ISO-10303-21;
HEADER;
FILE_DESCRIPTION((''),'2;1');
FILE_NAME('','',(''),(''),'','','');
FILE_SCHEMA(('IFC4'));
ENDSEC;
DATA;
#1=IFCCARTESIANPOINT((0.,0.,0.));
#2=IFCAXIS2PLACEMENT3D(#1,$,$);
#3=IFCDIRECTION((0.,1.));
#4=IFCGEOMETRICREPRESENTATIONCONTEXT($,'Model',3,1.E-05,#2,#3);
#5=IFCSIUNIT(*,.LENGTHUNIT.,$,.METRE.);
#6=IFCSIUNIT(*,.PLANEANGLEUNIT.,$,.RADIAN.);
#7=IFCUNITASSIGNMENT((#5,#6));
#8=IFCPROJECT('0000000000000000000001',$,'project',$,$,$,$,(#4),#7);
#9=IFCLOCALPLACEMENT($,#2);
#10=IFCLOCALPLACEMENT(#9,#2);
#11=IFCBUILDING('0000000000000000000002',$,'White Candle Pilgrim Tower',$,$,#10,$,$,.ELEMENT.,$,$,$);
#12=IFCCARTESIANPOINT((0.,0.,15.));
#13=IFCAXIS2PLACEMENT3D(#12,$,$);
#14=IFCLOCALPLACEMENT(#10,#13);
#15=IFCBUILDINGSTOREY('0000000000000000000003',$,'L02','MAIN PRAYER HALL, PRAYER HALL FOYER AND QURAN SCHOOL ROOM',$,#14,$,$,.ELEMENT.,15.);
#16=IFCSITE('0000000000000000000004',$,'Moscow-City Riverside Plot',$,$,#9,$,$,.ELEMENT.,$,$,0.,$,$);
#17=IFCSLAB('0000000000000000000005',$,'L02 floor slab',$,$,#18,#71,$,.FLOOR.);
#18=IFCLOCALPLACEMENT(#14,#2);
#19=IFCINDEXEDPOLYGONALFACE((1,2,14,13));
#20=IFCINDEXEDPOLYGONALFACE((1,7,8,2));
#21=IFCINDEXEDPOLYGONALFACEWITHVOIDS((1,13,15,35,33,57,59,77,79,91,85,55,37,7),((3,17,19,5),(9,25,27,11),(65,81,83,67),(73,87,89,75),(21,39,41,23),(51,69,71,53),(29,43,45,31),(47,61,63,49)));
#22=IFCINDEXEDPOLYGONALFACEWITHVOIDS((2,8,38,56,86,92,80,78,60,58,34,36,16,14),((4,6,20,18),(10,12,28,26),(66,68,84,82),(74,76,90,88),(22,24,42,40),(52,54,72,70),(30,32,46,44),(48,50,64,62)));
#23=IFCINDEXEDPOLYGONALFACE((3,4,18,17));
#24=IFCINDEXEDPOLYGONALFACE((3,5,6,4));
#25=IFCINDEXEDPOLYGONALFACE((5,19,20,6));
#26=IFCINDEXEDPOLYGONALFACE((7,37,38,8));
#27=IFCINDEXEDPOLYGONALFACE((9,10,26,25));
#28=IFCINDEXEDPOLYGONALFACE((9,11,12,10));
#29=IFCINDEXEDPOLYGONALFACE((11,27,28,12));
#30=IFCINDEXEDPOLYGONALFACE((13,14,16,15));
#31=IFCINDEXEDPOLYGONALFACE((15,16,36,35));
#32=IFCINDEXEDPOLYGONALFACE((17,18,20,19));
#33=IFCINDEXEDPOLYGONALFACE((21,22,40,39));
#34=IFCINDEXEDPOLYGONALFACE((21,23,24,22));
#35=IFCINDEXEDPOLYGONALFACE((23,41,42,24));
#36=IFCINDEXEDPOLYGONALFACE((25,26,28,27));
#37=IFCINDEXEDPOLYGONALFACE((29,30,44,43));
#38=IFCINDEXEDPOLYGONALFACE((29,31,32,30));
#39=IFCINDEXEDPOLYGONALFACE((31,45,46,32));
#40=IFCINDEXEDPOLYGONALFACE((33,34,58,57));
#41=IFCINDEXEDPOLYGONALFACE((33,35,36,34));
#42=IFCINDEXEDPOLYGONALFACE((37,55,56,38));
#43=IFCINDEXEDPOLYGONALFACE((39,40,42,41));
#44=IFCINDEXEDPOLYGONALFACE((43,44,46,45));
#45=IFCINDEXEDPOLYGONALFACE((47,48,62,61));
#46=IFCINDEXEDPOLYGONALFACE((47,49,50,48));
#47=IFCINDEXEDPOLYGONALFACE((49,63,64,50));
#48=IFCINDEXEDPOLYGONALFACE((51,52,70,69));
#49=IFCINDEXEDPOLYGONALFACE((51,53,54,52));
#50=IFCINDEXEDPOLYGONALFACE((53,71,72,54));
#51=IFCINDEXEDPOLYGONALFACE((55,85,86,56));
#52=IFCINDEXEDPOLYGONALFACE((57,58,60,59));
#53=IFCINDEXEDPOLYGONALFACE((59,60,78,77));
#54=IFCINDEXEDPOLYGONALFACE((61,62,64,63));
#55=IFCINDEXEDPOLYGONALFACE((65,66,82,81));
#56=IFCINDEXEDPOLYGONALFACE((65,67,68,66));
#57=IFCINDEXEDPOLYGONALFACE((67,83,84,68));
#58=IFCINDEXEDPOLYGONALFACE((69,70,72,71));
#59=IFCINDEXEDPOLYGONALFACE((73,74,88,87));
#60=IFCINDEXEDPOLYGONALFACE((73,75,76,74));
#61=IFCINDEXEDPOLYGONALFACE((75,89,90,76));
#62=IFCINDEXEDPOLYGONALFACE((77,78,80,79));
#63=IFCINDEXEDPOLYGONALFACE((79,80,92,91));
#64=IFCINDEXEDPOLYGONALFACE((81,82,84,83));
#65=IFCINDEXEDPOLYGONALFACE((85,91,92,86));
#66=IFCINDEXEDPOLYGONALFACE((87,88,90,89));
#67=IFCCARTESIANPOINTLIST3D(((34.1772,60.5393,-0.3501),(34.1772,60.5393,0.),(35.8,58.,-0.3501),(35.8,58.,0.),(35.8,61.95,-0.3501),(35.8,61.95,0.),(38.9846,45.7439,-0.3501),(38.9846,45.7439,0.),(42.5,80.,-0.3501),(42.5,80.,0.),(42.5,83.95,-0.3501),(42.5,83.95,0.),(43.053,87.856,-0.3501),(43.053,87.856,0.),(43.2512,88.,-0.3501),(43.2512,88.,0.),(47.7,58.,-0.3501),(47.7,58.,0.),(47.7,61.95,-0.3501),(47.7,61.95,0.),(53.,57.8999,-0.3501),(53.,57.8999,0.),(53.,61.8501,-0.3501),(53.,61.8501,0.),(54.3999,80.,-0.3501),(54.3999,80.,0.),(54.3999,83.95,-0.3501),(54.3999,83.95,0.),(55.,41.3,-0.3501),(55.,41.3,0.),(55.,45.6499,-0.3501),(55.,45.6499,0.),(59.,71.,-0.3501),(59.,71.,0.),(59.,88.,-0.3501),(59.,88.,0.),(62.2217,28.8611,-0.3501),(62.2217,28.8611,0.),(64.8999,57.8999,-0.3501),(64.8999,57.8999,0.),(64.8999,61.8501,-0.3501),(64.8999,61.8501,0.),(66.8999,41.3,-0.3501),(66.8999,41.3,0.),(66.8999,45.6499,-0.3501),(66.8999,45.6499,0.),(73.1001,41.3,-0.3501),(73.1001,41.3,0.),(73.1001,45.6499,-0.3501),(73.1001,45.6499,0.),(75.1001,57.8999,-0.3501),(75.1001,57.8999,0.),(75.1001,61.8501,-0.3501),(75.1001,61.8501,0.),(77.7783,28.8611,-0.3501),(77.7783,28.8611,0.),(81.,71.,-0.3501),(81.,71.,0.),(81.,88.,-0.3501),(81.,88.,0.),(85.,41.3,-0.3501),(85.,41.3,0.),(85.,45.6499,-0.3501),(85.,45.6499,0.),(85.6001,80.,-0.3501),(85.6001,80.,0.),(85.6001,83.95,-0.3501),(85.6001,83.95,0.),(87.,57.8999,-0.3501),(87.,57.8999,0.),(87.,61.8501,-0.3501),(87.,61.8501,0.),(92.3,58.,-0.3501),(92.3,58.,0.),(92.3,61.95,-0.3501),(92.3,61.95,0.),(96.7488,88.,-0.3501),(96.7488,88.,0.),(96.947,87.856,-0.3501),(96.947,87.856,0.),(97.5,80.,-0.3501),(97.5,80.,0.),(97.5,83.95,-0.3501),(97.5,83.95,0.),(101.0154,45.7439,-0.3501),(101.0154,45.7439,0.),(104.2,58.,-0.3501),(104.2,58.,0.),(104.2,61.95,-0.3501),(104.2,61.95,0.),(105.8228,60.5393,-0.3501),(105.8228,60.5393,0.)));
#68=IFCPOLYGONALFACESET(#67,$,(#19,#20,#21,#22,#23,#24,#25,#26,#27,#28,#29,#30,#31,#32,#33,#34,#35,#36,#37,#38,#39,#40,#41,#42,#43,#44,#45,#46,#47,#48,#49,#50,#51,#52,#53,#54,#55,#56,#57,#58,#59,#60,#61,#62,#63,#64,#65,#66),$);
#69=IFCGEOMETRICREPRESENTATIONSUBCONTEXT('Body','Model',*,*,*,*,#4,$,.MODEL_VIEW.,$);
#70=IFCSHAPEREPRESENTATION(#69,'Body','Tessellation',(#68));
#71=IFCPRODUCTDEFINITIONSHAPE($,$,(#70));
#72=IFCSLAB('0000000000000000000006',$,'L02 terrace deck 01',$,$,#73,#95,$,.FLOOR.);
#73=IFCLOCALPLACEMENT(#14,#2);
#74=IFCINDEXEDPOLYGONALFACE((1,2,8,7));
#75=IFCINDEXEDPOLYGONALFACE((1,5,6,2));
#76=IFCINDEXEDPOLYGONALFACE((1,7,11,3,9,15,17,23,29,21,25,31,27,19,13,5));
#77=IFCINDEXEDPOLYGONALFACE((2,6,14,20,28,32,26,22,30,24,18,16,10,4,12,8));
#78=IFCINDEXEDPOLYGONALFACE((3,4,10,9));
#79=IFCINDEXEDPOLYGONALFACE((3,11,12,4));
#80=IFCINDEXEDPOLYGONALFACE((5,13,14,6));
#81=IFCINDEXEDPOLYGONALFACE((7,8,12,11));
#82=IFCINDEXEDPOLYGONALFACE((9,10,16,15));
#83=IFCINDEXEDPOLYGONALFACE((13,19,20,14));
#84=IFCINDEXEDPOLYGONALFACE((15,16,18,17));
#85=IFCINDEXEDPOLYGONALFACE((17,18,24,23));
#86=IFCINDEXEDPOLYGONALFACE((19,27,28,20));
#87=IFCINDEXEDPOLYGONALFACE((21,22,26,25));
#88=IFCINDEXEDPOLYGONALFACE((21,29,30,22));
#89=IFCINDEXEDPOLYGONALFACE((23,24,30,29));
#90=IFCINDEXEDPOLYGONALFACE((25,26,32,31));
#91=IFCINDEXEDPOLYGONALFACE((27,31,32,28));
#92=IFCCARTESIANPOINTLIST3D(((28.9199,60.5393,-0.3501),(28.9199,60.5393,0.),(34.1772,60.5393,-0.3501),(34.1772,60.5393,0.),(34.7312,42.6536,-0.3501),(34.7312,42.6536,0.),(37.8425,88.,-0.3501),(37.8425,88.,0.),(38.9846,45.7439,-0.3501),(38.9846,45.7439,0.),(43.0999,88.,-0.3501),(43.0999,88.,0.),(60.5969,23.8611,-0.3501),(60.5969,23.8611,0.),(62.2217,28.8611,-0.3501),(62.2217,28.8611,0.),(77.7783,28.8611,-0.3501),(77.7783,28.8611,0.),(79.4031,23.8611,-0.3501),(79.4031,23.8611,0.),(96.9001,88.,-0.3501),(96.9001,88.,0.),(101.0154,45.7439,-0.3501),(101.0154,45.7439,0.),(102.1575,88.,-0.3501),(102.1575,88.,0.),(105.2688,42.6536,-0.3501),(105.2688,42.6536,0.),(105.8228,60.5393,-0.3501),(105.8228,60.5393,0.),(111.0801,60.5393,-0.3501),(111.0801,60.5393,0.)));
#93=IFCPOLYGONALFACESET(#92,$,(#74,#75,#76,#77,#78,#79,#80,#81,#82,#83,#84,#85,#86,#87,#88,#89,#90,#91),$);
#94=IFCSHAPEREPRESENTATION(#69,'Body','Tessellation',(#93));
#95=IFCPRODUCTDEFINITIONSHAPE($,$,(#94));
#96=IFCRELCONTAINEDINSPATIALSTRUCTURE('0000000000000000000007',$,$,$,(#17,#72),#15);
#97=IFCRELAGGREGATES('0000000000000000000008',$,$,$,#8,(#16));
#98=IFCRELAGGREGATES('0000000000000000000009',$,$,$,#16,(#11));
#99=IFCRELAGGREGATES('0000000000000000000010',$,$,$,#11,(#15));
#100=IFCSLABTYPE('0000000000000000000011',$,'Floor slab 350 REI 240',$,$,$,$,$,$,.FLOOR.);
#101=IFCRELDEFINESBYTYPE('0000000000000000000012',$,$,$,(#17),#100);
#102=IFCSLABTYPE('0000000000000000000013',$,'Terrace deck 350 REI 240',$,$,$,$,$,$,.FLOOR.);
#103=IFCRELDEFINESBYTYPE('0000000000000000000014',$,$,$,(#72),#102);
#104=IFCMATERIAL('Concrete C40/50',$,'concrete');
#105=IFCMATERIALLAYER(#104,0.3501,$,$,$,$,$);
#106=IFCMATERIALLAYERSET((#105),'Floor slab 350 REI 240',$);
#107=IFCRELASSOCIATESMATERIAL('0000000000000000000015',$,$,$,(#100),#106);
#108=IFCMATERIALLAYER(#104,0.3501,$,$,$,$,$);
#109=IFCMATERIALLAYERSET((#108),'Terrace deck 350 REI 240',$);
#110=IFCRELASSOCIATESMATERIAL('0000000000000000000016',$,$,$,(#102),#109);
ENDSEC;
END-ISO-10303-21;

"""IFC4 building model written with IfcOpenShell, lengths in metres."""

from ifc_helpers import new_model, si_unit, direction, frame, origin, place, context, subcontext, project, spatial, polyline, outline, extrude, material, layer, layer_set, type_object, element, save


model = new_model("IFC4")

# Units and contexts
model_context = context("Model", 3, precision=1e-05, world=origin(), true_north=direction((0.0, 1.0)))
body_context = subcontext(model_context, "Body", "Model", "MODEL_VIEW")
ifc_project = project(units=[si_unit("LENGTHUNIT", "METRE"), si_unit("PLANEANGLEUNIT", "RADIAN")], contexts=[model_context])

# Site, building, storey
site_placement = place(None, origin())
site = spatial("IfcSite", under=ifc_project, at=site_placement, Name="Moscow-City Riverside Plot", CompositionType="ELEMENT", RefElevation=0.0)
building_placement = place(site_placement, origin())
building = spatial("IfcBuilding", under=site, at=building_placement, Name="White Candle Pilgrim Tower", CompositionType="ELEMENT")
storey_placement = place(building_placement, frame((0.0, 0.0, 15.0)))
storey = spatial("IfcBuildingStorey", under=building, at=storey_placement, Name="L02", Description="MAIN PRAYER HALL, PRAYER HALL FOYER AND QURAN SCHOOL ROOM", CompositionType="ELEMENT", Elevation=15.0)

# Slabs
ifc_material = material(Name="Concrete C40/50", Category="concrete")
ifc_layer_1 = layer(ifc_material, 0.3501)
ifc_layer_set_1 = layer_set([ifc_layer_1], Name="Floor slab 350 REI 240")
slab_type_1 = type_object("IfcSlabType", Name="Floor slab 350 REI 240", PredefinedType="FLOOR", material=ifc_layer_set_1)
slab_1_placement = place(storey_placement, frame((0.0, 0.0, -0.3501)))
element("IfcSlab", 1, at=slab_1_placement, inside=storey, type_object=slab_type_1, Name="L02 floor slab", PredefinedType="FLOOR", context=body_context, shape_type="SweptSolid", body=[
    extrude(outline(polyline([(62.2217, 28.8611), (77.7783, 28.8611), (101.0154, 45.7439), (105.8228, 60.5393), (96.947, 87.856), (96.7488, 88.0), (81.0, 88.0), (81.0, 71.0), (59.0, 71.0), (59.0, 88.0), (43.2512, 88.0), (43.053, 87.856), (34.1772, 60.5393), (38.9846, 45.7439), (62.2217, 28.8611)]), holes=[polyline([(55.0, 41.3), (55.0, 45.6499), (66.8999, 45.6499), (66.8999, 41.3), (55.0, 41.3)]), polyline([(73.1001, 41.3), (73.1001, 45.6499), (85.0, 45.6499), (85.0, 41.3), (73.1001, 41.3)]), polyline([(53.0, 57.8999), (53.0, 61.8501), (64.8999, 61.8501), (64.8999, 57.8999), (53.0, 57.8999)]), polyline([(75.1001, 57.8999), (75.1001, 61.8501), (87.0, 61.8501), (87.0, 57.8999), (75.1001, 57.8999)]), polyline([(35.8, 58.0), (35.8, 61.95), (47.7, 61.95), (47.7, 58.0), (35.8, 58.0)]), polyline([(92.3, 58.0), (92.3, 61.95), (104.2, 61.95), (104.2, 58.0), (92.3, 58.0)]), polyline([(42.5, 80.0), (42.5, 83.95), (54.3999, 83.95), (54.3999, 80.0), (42.5, 80.0)]), polyline([(85.6001, 80.0), (85.6001, 83.95), (97.5, 83.95), (97.5, 80.0), (85.6001, 80.0)])]), origin(), (0.0, 0.0, 1.0), 0.3501),
])
ifc_layer_2 = layer(ifc_material, 0.3501)
ifc_layer_set_2 = layer_set([ifc_layer_2], Name="Terrace deck 350 REI 240")
slab_type_2 = type_object("IfcSlabType", Name="Terrace deck 350 REI 240", PredefinedType="FLOOR", material=ifc_layer_set_2)
slab_2_placement = place(storey_placement, frame((0.0, 0.0, -0.3501)))
element("IfcSlab", 2, at=slab_2_placement, inside=storey, type_object=slab_type_2, Name="L02 terrace deck 01", PredefinedType="FLOOR", context=body_context, shape_type="SweptSolid", body=[
    extrude(outline(polyline([(60.5969, 23.8611), (79.4031, 23.8611), (105.2688, 42.6536), (111.0801, 60.5393), (102.1575, 88.0), (96.9001, 88.0), (105.8228, 60.5393), (101.0154, 45.7439), (77.7783, 28.8611), (62.2217, 28.8611), (38.9846, 45.7439), (34.1772, 60.5393), (43.0999, 88.0), (37.8425, 88.0), (28.9199, 60.5393), (34.7312, 42.6536), (60.5969, 23.8611)])), origin(), (0.0, 0.0, 1.0), 0.3501),
])

save(model, "model.ifc")
